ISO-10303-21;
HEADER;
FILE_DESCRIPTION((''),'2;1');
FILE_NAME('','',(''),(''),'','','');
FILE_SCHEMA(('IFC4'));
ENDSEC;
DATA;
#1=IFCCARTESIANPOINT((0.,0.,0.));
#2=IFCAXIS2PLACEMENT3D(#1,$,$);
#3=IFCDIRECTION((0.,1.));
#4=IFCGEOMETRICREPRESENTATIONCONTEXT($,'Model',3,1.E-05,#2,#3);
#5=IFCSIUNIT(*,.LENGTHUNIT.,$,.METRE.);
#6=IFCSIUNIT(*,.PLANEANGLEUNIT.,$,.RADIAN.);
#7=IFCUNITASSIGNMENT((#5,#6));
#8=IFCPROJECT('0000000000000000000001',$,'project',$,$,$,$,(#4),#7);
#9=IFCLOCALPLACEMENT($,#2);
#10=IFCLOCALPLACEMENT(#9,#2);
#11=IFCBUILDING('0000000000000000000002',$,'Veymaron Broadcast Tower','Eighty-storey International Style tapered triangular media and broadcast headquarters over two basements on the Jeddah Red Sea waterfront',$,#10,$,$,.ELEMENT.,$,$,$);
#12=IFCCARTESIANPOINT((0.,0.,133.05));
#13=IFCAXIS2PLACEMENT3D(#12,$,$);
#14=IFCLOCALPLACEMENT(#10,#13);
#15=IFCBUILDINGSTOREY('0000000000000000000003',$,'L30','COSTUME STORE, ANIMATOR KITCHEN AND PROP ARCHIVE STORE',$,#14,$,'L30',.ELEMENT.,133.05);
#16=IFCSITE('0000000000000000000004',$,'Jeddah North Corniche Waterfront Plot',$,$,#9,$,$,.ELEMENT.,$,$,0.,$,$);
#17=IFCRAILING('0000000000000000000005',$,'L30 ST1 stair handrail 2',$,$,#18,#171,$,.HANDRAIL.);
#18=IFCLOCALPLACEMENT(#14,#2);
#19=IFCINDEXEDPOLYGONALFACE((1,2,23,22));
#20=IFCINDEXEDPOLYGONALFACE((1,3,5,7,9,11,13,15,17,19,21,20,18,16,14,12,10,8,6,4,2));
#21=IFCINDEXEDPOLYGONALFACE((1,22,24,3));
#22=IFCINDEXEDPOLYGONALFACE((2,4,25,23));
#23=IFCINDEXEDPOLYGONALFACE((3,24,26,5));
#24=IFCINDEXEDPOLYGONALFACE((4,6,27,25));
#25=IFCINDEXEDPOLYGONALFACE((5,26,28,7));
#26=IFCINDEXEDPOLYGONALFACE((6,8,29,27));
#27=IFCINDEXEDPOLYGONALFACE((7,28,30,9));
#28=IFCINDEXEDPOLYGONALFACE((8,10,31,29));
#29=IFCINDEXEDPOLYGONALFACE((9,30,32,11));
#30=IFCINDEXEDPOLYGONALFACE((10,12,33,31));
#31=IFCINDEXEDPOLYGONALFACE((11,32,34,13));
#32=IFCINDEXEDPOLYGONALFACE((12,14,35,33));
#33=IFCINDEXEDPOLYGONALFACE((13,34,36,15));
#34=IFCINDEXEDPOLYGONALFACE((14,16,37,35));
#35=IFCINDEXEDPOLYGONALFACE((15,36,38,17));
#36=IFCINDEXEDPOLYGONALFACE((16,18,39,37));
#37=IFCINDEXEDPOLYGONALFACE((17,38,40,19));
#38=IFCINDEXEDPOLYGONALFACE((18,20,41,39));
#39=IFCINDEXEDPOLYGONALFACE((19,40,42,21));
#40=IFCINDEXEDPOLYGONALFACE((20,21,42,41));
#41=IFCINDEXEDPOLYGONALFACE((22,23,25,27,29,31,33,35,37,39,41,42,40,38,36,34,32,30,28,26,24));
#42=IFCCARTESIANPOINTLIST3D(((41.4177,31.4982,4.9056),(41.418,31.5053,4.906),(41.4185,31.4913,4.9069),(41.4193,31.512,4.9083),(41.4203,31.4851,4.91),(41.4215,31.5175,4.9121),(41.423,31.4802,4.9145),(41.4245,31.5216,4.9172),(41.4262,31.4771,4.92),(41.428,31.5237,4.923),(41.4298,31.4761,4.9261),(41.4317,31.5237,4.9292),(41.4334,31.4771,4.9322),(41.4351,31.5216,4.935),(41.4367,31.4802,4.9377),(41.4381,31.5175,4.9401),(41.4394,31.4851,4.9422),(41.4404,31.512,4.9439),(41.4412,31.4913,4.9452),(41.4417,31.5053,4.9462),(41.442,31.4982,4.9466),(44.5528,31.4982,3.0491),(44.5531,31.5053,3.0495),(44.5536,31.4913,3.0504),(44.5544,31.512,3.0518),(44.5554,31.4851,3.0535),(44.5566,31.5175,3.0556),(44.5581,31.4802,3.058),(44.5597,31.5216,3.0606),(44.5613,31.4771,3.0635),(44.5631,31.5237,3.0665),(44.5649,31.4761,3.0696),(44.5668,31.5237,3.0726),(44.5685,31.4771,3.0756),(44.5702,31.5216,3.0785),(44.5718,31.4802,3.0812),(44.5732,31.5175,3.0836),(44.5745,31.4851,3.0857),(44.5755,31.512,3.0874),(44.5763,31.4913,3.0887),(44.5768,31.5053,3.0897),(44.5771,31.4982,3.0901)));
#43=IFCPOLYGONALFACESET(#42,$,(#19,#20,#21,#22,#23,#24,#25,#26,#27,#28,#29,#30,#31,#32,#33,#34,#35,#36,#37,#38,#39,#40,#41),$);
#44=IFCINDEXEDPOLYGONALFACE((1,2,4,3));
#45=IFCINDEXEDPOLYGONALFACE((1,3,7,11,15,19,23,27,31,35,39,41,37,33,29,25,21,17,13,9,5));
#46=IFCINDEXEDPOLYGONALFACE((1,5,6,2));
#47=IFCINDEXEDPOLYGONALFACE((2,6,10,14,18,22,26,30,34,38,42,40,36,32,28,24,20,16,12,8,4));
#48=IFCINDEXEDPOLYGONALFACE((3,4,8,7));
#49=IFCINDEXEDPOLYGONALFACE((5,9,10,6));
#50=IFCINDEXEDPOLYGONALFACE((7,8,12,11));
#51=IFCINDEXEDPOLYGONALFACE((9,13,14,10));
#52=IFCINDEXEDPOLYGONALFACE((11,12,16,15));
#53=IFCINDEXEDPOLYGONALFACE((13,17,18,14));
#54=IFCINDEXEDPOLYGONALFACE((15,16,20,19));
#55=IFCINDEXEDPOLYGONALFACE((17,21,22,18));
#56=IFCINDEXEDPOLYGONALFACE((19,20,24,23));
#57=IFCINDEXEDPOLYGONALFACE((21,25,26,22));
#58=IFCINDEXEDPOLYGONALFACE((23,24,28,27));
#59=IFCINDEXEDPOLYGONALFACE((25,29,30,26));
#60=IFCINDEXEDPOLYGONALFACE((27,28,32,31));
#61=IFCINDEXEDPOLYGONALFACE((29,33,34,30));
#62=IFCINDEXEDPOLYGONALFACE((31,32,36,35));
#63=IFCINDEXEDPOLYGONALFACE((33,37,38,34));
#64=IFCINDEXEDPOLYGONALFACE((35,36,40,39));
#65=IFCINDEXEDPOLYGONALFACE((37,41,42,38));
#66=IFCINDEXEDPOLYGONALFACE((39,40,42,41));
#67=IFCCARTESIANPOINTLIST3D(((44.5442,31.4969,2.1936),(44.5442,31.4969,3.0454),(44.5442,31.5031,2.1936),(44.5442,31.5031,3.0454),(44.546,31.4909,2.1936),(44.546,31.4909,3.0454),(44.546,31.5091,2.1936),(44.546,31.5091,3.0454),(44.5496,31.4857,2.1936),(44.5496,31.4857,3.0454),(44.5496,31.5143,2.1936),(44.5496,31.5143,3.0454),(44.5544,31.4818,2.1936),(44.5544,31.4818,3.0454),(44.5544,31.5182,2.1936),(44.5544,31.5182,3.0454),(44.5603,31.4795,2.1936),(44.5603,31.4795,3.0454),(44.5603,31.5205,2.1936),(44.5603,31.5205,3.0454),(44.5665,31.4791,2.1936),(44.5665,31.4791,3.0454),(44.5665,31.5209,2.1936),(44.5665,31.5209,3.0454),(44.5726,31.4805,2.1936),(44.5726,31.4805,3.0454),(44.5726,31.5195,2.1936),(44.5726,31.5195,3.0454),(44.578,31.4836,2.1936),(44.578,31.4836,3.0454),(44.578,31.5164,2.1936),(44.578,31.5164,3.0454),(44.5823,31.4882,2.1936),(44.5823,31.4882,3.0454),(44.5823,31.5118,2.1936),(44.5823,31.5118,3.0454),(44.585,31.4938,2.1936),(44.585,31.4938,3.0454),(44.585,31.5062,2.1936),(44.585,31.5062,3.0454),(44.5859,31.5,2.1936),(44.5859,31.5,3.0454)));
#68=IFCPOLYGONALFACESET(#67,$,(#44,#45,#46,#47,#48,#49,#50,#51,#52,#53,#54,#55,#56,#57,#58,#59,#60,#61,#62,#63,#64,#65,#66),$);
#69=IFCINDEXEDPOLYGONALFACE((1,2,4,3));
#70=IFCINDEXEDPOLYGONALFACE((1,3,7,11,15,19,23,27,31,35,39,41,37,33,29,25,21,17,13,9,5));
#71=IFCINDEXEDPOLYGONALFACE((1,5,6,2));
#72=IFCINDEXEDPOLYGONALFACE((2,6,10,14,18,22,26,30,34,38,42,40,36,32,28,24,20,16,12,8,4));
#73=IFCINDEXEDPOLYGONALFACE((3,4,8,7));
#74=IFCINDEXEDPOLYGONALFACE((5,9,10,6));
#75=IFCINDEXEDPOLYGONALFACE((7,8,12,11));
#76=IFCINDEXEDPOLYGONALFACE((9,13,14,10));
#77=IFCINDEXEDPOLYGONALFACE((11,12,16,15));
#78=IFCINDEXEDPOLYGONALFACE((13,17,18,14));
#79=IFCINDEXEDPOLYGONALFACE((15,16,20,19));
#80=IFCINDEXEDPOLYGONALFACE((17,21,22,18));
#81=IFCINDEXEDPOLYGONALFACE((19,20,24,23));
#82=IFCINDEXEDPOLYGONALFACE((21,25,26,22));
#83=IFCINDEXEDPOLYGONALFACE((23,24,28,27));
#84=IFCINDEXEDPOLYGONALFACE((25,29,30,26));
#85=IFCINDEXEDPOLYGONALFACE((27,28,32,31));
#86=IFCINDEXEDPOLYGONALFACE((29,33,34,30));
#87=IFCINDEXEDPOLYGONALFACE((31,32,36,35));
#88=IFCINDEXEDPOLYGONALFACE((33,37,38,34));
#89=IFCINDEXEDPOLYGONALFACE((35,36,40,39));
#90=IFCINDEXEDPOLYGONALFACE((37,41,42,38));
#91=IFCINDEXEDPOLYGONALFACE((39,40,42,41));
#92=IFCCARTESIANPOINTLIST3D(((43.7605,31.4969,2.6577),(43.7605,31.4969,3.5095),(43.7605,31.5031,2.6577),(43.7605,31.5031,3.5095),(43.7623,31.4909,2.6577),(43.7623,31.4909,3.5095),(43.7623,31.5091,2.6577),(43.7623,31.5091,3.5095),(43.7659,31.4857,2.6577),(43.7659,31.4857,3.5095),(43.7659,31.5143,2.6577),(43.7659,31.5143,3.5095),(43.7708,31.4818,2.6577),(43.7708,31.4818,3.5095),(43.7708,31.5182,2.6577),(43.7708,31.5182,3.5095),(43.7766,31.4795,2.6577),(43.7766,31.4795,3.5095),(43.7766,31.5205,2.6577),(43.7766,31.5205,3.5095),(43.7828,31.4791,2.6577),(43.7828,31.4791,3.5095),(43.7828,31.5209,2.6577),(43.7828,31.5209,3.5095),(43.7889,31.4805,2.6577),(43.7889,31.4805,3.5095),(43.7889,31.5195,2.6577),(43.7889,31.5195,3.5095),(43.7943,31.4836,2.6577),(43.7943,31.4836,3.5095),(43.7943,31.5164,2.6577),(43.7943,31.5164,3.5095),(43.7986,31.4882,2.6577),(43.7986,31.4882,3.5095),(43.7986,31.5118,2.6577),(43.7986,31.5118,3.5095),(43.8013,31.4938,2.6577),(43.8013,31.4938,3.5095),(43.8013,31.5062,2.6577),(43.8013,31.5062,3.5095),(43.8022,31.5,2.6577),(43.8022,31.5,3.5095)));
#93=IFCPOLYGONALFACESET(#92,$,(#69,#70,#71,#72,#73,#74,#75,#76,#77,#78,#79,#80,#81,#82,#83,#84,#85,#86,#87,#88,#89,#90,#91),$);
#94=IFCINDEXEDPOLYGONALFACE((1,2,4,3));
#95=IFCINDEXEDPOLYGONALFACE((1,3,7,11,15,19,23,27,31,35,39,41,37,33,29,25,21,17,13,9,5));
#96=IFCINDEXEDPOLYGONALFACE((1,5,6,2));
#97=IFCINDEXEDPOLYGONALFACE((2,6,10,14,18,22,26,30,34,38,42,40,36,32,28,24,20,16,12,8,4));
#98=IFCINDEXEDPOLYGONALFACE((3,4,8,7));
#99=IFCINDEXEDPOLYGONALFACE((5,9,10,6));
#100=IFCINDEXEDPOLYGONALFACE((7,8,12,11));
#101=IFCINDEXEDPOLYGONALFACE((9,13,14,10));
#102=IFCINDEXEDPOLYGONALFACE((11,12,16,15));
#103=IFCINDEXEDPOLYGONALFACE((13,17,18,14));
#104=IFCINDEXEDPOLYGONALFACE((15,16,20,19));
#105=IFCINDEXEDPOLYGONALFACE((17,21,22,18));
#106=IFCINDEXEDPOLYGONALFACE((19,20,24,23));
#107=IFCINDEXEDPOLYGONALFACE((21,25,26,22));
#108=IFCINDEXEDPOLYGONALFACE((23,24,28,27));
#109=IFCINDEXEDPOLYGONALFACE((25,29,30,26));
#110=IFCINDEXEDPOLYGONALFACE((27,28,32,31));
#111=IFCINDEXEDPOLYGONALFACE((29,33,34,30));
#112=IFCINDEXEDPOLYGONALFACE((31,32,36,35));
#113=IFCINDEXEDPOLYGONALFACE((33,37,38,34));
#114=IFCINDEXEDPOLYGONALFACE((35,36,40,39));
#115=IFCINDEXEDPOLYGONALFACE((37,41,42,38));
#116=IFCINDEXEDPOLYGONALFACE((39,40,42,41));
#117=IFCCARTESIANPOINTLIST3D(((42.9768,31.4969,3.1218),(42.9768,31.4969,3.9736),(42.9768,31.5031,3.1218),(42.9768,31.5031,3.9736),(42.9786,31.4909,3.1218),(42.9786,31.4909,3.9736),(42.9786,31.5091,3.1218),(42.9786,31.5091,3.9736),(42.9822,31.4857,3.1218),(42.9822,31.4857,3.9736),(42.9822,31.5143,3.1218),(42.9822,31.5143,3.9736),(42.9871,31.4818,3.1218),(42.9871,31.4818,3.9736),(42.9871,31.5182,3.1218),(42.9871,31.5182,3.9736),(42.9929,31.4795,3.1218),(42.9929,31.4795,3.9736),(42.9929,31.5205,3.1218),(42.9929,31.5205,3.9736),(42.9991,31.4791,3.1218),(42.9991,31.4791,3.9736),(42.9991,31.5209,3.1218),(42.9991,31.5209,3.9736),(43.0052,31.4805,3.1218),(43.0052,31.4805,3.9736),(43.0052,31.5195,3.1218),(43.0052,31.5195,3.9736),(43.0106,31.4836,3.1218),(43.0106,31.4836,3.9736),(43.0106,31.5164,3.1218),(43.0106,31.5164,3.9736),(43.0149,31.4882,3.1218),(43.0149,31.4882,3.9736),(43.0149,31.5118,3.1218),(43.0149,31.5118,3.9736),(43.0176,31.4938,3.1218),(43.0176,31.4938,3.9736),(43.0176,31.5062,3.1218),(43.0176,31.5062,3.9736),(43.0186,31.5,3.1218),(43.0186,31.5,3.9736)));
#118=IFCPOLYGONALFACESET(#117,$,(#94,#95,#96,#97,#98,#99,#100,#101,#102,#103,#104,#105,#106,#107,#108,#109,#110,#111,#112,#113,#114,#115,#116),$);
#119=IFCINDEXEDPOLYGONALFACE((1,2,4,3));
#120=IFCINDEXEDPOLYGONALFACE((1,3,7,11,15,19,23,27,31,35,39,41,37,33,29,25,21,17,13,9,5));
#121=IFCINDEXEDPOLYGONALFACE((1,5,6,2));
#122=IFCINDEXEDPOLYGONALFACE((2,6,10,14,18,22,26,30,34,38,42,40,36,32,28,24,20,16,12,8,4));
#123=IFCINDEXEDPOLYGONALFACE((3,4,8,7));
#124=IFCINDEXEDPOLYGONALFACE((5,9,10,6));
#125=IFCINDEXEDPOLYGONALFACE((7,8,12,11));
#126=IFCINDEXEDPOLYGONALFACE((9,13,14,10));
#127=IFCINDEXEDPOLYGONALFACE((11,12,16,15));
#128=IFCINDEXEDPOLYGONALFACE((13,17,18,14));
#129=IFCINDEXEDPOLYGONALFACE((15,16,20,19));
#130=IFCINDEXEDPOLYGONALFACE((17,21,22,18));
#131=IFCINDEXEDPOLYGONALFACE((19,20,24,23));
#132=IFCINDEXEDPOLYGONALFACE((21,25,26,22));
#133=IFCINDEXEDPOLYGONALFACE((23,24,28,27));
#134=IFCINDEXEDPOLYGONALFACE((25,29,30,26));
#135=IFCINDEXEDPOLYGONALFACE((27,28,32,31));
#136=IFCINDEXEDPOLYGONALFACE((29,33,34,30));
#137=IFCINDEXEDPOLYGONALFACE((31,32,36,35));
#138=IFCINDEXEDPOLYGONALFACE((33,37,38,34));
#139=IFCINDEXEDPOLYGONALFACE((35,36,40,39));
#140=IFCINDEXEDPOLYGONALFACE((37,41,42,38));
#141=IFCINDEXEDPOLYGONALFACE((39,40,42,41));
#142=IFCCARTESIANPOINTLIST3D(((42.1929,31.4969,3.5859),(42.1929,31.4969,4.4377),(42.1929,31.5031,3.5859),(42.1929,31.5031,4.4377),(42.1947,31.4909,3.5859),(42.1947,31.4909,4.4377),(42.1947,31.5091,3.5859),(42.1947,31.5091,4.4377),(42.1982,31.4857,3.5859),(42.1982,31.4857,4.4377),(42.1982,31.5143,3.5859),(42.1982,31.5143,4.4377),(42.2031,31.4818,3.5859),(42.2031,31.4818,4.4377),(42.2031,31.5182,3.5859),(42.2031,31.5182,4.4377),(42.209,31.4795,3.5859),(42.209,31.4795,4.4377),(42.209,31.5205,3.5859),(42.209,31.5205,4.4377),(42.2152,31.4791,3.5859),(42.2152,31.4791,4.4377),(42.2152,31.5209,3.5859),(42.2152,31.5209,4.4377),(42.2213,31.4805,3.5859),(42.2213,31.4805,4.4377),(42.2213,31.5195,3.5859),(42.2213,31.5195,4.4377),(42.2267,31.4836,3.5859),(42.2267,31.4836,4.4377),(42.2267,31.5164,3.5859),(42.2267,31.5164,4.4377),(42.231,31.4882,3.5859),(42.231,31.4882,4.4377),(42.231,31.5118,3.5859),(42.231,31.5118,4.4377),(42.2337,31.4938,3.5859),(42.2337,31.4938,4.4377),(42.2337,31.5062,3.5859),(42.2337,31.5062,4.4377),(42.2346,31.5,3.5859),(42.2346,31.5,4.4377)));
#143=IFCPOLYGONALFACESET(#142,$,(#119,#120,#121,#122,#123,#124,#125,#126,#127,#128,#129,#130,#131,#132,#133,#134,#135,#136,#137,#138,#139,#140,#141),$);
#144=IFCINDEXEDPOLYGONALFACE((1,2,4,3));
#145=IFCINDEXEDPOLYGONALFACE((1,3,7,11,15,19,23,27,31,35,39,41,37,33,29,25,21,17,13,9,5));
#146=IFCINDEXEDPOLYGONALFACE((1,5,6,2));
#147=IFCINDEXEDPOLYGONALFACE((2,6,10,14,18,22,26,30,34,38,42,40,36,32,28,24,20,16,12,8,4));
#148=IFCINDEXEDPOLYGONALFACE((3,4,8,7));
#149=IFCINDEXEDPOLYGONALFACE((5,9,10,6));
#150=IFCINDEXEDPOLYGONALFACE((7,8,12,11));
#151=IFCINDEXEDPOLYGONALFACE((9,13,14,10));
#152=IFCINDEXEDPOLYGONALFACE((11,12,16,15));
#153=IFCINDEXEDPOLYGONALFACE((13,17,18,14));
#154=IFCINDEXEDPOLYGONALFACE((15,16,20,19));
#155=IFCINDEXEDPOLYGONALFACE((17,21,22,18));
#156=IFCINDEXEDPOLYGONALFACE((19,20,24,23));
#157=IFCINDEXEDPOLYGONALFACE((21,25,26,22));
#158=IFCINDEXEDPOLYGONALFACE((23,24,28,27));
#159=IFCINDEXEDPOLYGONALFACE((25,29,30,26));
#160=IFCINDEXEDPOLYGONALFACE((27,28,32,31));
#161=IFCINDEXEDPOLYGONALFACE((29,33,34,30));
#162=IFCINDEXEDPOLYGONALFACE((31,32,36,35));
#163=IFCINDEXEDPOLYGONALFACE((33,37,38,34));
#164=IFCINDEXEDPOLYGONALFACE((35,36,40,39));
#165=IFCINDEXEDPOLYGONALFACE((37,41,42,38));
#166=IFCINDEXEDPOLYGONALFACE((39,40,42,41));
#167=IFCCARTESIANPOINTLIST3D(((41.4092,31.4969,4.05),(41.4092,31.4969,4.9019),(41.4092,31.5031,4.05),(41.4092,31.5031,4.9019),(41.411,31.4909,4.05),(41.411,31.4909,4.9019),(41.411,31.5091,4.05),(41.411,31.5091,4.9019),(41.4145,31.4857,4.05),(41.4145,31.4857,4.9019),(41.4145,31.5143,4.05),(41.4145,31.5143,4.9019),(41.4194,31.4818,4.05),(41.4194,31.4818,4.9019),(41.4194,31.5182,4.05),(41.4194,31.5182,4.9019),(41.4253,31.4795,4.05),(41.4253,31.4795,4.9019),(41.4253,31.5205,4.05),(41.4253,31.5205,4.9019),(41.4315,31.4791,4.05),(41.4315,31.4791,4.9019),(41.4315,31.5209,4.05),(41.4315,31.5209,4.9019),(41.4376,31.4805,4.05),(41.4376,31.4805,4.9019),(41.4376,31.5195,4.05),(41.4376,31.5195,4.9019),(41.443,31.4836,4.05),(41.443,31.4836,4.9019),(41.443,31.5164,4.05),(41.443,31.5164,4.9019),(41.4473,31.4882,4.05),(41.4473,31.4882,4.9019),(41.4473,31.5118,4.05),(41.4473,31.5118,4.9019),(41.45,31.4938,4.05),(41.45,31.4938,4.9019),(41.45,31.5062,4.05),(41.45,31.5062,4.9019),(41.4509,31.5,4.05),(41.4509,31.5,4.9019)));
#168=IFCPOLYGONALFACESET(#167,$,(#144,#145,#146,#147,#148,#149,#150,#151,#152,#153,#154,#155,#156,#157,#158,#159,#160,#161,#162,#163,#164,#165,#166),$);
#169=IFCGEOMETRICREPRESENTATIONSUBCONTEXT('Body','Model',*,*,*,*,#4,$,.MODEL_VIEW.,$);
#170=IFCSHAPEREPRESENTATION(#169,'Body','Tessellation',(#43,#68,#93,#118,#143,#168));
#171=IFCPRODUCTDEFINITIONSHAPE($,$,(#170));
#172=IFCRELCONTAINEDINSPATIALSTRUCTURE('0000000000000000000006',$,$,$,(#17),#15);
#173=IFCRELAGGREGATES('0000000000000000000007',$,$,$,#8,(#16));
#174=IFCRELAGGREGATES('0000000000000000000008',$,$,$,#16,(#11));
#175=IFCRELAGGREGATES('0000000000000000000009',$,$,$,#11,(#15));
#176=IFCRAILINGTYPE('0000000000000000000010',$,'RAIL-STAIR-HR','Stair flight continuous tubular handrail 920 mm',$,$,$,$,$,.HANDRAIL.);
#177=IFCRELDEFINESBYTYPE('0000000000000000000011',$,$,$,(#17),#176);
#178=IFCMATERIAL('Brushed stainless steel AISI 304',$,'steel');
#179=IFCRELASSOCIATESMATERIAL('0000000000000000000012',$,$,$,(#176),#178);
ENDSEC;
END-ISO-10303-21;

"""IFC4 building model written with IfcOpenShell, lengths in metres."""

from ifc_helpers import new_model, si_unit, direction, frame, origin, origin_2d, place, context, subcontext, project, spatial, circle, extrude, material, type_object, element, save


model = new_model("IFC4")

# Units and contexts
model_context = context("Model", 3, precision=1e-05, world=origin(), true_north=direction((0.0, 1.0)))
body_context = subcontext(model_context, "Body", "Model", "MODEL_VIEW")
ifc_project = project(units=[si_unit("LENGTHUNIT", "METRE"), si_unit("PLANEANGLEUNIT", "RADIAN")], contexts=[model_context])

# Site, building, storey
site_placement = place(None, origin())
site = spatial("IfcSite", under=ifc_project, at=site_placement, Name="Jeddah North Corniche Waterfront Plot", CompositionType="ELEMENT", RefElevation=0.0)
building_placement = place(site_placement, origin())
building = spatial("IfcBuilding", under=site, at=building_placement, Name="Veymaron Broadcast Tower", Description="Eighty-storey International Style tapered triangular media and broadcast headquarters over two basements on the Jeddah Red Sea waterfront", CompositionType="ELEMENT")
storey_placement = place(building_placement, frame((0.0, 0.0, 133.05)))
storey = spatial("IfcBuildingStorey", under=building, at=storey_placement, Name="L30", Description="COSTUME STORE, ANIMATOR KITCHEN AND PROP ARCHIVE STORE", LongName="L30", CompositionType="ELEMENT", Elevation=133.05)

# Shared definitions
ifc_material_1 = material(Name="Brushed stainless steel AISI 304", Category="steel")

# Railing
railing_type_1 = type_object("IfcRailingType", Name="RAIL-STAIR-HR", Description="Stair flight continuous tubular handrail 920 mm", PredefinedType="HANDRAIL", material=ifc_material_1)
railing_1_placement = place(storey_placement, frame((44.5649, 31.5, 2.1936)))
element("IfcRailing", 1, at=railing_1_placement, inside=storey, type_object=railing_type_1, Name="L30 ST1 stair handrail 2", PredefinedType="HANDRAIL", context=body_context, shape_type="SweptSolid", body=[
    extrude(circle(Radius=0.0239, at=origin_2d()), frame((0.0, 0.0, 0.876), z_axis=(-0.860453, 0.0, 0.509531), x_axis=(0.0, -1.0, 0.0)), (0.0, 0.0, 1.0), 3.6436),
    extrude(circle(Radius=0.021, at=origin_2d()), origin(), (0.0, 0.0, 1.0), 0.8518),
    extrude(circle(Radius=0.021, at=origin_2d()), frame((-0.7837, 0.0, 0.4641)), (0.0, 0.0, 1.0), 0.8518),
    extrude(circle(Radius=0.021, at=origin_2d()), frame((-1.5674, 0.0, 0.9282)), (0.0, 0.0, 1.0), 0.8518),
    extrude(circle(Radius=0.021, at=origin_2d()), frame((-2.3513, 0.0, 1.3923)), (0.0, 0.0, 1.0), 0.8518),
    extrude(circle(Radius=0.021, at=origin_2d()), frame((-3.135, 0.0, 1.8564)), (0.0, 0.0, 1.0), 0.8518),
])

save(model, "model.ifc")
